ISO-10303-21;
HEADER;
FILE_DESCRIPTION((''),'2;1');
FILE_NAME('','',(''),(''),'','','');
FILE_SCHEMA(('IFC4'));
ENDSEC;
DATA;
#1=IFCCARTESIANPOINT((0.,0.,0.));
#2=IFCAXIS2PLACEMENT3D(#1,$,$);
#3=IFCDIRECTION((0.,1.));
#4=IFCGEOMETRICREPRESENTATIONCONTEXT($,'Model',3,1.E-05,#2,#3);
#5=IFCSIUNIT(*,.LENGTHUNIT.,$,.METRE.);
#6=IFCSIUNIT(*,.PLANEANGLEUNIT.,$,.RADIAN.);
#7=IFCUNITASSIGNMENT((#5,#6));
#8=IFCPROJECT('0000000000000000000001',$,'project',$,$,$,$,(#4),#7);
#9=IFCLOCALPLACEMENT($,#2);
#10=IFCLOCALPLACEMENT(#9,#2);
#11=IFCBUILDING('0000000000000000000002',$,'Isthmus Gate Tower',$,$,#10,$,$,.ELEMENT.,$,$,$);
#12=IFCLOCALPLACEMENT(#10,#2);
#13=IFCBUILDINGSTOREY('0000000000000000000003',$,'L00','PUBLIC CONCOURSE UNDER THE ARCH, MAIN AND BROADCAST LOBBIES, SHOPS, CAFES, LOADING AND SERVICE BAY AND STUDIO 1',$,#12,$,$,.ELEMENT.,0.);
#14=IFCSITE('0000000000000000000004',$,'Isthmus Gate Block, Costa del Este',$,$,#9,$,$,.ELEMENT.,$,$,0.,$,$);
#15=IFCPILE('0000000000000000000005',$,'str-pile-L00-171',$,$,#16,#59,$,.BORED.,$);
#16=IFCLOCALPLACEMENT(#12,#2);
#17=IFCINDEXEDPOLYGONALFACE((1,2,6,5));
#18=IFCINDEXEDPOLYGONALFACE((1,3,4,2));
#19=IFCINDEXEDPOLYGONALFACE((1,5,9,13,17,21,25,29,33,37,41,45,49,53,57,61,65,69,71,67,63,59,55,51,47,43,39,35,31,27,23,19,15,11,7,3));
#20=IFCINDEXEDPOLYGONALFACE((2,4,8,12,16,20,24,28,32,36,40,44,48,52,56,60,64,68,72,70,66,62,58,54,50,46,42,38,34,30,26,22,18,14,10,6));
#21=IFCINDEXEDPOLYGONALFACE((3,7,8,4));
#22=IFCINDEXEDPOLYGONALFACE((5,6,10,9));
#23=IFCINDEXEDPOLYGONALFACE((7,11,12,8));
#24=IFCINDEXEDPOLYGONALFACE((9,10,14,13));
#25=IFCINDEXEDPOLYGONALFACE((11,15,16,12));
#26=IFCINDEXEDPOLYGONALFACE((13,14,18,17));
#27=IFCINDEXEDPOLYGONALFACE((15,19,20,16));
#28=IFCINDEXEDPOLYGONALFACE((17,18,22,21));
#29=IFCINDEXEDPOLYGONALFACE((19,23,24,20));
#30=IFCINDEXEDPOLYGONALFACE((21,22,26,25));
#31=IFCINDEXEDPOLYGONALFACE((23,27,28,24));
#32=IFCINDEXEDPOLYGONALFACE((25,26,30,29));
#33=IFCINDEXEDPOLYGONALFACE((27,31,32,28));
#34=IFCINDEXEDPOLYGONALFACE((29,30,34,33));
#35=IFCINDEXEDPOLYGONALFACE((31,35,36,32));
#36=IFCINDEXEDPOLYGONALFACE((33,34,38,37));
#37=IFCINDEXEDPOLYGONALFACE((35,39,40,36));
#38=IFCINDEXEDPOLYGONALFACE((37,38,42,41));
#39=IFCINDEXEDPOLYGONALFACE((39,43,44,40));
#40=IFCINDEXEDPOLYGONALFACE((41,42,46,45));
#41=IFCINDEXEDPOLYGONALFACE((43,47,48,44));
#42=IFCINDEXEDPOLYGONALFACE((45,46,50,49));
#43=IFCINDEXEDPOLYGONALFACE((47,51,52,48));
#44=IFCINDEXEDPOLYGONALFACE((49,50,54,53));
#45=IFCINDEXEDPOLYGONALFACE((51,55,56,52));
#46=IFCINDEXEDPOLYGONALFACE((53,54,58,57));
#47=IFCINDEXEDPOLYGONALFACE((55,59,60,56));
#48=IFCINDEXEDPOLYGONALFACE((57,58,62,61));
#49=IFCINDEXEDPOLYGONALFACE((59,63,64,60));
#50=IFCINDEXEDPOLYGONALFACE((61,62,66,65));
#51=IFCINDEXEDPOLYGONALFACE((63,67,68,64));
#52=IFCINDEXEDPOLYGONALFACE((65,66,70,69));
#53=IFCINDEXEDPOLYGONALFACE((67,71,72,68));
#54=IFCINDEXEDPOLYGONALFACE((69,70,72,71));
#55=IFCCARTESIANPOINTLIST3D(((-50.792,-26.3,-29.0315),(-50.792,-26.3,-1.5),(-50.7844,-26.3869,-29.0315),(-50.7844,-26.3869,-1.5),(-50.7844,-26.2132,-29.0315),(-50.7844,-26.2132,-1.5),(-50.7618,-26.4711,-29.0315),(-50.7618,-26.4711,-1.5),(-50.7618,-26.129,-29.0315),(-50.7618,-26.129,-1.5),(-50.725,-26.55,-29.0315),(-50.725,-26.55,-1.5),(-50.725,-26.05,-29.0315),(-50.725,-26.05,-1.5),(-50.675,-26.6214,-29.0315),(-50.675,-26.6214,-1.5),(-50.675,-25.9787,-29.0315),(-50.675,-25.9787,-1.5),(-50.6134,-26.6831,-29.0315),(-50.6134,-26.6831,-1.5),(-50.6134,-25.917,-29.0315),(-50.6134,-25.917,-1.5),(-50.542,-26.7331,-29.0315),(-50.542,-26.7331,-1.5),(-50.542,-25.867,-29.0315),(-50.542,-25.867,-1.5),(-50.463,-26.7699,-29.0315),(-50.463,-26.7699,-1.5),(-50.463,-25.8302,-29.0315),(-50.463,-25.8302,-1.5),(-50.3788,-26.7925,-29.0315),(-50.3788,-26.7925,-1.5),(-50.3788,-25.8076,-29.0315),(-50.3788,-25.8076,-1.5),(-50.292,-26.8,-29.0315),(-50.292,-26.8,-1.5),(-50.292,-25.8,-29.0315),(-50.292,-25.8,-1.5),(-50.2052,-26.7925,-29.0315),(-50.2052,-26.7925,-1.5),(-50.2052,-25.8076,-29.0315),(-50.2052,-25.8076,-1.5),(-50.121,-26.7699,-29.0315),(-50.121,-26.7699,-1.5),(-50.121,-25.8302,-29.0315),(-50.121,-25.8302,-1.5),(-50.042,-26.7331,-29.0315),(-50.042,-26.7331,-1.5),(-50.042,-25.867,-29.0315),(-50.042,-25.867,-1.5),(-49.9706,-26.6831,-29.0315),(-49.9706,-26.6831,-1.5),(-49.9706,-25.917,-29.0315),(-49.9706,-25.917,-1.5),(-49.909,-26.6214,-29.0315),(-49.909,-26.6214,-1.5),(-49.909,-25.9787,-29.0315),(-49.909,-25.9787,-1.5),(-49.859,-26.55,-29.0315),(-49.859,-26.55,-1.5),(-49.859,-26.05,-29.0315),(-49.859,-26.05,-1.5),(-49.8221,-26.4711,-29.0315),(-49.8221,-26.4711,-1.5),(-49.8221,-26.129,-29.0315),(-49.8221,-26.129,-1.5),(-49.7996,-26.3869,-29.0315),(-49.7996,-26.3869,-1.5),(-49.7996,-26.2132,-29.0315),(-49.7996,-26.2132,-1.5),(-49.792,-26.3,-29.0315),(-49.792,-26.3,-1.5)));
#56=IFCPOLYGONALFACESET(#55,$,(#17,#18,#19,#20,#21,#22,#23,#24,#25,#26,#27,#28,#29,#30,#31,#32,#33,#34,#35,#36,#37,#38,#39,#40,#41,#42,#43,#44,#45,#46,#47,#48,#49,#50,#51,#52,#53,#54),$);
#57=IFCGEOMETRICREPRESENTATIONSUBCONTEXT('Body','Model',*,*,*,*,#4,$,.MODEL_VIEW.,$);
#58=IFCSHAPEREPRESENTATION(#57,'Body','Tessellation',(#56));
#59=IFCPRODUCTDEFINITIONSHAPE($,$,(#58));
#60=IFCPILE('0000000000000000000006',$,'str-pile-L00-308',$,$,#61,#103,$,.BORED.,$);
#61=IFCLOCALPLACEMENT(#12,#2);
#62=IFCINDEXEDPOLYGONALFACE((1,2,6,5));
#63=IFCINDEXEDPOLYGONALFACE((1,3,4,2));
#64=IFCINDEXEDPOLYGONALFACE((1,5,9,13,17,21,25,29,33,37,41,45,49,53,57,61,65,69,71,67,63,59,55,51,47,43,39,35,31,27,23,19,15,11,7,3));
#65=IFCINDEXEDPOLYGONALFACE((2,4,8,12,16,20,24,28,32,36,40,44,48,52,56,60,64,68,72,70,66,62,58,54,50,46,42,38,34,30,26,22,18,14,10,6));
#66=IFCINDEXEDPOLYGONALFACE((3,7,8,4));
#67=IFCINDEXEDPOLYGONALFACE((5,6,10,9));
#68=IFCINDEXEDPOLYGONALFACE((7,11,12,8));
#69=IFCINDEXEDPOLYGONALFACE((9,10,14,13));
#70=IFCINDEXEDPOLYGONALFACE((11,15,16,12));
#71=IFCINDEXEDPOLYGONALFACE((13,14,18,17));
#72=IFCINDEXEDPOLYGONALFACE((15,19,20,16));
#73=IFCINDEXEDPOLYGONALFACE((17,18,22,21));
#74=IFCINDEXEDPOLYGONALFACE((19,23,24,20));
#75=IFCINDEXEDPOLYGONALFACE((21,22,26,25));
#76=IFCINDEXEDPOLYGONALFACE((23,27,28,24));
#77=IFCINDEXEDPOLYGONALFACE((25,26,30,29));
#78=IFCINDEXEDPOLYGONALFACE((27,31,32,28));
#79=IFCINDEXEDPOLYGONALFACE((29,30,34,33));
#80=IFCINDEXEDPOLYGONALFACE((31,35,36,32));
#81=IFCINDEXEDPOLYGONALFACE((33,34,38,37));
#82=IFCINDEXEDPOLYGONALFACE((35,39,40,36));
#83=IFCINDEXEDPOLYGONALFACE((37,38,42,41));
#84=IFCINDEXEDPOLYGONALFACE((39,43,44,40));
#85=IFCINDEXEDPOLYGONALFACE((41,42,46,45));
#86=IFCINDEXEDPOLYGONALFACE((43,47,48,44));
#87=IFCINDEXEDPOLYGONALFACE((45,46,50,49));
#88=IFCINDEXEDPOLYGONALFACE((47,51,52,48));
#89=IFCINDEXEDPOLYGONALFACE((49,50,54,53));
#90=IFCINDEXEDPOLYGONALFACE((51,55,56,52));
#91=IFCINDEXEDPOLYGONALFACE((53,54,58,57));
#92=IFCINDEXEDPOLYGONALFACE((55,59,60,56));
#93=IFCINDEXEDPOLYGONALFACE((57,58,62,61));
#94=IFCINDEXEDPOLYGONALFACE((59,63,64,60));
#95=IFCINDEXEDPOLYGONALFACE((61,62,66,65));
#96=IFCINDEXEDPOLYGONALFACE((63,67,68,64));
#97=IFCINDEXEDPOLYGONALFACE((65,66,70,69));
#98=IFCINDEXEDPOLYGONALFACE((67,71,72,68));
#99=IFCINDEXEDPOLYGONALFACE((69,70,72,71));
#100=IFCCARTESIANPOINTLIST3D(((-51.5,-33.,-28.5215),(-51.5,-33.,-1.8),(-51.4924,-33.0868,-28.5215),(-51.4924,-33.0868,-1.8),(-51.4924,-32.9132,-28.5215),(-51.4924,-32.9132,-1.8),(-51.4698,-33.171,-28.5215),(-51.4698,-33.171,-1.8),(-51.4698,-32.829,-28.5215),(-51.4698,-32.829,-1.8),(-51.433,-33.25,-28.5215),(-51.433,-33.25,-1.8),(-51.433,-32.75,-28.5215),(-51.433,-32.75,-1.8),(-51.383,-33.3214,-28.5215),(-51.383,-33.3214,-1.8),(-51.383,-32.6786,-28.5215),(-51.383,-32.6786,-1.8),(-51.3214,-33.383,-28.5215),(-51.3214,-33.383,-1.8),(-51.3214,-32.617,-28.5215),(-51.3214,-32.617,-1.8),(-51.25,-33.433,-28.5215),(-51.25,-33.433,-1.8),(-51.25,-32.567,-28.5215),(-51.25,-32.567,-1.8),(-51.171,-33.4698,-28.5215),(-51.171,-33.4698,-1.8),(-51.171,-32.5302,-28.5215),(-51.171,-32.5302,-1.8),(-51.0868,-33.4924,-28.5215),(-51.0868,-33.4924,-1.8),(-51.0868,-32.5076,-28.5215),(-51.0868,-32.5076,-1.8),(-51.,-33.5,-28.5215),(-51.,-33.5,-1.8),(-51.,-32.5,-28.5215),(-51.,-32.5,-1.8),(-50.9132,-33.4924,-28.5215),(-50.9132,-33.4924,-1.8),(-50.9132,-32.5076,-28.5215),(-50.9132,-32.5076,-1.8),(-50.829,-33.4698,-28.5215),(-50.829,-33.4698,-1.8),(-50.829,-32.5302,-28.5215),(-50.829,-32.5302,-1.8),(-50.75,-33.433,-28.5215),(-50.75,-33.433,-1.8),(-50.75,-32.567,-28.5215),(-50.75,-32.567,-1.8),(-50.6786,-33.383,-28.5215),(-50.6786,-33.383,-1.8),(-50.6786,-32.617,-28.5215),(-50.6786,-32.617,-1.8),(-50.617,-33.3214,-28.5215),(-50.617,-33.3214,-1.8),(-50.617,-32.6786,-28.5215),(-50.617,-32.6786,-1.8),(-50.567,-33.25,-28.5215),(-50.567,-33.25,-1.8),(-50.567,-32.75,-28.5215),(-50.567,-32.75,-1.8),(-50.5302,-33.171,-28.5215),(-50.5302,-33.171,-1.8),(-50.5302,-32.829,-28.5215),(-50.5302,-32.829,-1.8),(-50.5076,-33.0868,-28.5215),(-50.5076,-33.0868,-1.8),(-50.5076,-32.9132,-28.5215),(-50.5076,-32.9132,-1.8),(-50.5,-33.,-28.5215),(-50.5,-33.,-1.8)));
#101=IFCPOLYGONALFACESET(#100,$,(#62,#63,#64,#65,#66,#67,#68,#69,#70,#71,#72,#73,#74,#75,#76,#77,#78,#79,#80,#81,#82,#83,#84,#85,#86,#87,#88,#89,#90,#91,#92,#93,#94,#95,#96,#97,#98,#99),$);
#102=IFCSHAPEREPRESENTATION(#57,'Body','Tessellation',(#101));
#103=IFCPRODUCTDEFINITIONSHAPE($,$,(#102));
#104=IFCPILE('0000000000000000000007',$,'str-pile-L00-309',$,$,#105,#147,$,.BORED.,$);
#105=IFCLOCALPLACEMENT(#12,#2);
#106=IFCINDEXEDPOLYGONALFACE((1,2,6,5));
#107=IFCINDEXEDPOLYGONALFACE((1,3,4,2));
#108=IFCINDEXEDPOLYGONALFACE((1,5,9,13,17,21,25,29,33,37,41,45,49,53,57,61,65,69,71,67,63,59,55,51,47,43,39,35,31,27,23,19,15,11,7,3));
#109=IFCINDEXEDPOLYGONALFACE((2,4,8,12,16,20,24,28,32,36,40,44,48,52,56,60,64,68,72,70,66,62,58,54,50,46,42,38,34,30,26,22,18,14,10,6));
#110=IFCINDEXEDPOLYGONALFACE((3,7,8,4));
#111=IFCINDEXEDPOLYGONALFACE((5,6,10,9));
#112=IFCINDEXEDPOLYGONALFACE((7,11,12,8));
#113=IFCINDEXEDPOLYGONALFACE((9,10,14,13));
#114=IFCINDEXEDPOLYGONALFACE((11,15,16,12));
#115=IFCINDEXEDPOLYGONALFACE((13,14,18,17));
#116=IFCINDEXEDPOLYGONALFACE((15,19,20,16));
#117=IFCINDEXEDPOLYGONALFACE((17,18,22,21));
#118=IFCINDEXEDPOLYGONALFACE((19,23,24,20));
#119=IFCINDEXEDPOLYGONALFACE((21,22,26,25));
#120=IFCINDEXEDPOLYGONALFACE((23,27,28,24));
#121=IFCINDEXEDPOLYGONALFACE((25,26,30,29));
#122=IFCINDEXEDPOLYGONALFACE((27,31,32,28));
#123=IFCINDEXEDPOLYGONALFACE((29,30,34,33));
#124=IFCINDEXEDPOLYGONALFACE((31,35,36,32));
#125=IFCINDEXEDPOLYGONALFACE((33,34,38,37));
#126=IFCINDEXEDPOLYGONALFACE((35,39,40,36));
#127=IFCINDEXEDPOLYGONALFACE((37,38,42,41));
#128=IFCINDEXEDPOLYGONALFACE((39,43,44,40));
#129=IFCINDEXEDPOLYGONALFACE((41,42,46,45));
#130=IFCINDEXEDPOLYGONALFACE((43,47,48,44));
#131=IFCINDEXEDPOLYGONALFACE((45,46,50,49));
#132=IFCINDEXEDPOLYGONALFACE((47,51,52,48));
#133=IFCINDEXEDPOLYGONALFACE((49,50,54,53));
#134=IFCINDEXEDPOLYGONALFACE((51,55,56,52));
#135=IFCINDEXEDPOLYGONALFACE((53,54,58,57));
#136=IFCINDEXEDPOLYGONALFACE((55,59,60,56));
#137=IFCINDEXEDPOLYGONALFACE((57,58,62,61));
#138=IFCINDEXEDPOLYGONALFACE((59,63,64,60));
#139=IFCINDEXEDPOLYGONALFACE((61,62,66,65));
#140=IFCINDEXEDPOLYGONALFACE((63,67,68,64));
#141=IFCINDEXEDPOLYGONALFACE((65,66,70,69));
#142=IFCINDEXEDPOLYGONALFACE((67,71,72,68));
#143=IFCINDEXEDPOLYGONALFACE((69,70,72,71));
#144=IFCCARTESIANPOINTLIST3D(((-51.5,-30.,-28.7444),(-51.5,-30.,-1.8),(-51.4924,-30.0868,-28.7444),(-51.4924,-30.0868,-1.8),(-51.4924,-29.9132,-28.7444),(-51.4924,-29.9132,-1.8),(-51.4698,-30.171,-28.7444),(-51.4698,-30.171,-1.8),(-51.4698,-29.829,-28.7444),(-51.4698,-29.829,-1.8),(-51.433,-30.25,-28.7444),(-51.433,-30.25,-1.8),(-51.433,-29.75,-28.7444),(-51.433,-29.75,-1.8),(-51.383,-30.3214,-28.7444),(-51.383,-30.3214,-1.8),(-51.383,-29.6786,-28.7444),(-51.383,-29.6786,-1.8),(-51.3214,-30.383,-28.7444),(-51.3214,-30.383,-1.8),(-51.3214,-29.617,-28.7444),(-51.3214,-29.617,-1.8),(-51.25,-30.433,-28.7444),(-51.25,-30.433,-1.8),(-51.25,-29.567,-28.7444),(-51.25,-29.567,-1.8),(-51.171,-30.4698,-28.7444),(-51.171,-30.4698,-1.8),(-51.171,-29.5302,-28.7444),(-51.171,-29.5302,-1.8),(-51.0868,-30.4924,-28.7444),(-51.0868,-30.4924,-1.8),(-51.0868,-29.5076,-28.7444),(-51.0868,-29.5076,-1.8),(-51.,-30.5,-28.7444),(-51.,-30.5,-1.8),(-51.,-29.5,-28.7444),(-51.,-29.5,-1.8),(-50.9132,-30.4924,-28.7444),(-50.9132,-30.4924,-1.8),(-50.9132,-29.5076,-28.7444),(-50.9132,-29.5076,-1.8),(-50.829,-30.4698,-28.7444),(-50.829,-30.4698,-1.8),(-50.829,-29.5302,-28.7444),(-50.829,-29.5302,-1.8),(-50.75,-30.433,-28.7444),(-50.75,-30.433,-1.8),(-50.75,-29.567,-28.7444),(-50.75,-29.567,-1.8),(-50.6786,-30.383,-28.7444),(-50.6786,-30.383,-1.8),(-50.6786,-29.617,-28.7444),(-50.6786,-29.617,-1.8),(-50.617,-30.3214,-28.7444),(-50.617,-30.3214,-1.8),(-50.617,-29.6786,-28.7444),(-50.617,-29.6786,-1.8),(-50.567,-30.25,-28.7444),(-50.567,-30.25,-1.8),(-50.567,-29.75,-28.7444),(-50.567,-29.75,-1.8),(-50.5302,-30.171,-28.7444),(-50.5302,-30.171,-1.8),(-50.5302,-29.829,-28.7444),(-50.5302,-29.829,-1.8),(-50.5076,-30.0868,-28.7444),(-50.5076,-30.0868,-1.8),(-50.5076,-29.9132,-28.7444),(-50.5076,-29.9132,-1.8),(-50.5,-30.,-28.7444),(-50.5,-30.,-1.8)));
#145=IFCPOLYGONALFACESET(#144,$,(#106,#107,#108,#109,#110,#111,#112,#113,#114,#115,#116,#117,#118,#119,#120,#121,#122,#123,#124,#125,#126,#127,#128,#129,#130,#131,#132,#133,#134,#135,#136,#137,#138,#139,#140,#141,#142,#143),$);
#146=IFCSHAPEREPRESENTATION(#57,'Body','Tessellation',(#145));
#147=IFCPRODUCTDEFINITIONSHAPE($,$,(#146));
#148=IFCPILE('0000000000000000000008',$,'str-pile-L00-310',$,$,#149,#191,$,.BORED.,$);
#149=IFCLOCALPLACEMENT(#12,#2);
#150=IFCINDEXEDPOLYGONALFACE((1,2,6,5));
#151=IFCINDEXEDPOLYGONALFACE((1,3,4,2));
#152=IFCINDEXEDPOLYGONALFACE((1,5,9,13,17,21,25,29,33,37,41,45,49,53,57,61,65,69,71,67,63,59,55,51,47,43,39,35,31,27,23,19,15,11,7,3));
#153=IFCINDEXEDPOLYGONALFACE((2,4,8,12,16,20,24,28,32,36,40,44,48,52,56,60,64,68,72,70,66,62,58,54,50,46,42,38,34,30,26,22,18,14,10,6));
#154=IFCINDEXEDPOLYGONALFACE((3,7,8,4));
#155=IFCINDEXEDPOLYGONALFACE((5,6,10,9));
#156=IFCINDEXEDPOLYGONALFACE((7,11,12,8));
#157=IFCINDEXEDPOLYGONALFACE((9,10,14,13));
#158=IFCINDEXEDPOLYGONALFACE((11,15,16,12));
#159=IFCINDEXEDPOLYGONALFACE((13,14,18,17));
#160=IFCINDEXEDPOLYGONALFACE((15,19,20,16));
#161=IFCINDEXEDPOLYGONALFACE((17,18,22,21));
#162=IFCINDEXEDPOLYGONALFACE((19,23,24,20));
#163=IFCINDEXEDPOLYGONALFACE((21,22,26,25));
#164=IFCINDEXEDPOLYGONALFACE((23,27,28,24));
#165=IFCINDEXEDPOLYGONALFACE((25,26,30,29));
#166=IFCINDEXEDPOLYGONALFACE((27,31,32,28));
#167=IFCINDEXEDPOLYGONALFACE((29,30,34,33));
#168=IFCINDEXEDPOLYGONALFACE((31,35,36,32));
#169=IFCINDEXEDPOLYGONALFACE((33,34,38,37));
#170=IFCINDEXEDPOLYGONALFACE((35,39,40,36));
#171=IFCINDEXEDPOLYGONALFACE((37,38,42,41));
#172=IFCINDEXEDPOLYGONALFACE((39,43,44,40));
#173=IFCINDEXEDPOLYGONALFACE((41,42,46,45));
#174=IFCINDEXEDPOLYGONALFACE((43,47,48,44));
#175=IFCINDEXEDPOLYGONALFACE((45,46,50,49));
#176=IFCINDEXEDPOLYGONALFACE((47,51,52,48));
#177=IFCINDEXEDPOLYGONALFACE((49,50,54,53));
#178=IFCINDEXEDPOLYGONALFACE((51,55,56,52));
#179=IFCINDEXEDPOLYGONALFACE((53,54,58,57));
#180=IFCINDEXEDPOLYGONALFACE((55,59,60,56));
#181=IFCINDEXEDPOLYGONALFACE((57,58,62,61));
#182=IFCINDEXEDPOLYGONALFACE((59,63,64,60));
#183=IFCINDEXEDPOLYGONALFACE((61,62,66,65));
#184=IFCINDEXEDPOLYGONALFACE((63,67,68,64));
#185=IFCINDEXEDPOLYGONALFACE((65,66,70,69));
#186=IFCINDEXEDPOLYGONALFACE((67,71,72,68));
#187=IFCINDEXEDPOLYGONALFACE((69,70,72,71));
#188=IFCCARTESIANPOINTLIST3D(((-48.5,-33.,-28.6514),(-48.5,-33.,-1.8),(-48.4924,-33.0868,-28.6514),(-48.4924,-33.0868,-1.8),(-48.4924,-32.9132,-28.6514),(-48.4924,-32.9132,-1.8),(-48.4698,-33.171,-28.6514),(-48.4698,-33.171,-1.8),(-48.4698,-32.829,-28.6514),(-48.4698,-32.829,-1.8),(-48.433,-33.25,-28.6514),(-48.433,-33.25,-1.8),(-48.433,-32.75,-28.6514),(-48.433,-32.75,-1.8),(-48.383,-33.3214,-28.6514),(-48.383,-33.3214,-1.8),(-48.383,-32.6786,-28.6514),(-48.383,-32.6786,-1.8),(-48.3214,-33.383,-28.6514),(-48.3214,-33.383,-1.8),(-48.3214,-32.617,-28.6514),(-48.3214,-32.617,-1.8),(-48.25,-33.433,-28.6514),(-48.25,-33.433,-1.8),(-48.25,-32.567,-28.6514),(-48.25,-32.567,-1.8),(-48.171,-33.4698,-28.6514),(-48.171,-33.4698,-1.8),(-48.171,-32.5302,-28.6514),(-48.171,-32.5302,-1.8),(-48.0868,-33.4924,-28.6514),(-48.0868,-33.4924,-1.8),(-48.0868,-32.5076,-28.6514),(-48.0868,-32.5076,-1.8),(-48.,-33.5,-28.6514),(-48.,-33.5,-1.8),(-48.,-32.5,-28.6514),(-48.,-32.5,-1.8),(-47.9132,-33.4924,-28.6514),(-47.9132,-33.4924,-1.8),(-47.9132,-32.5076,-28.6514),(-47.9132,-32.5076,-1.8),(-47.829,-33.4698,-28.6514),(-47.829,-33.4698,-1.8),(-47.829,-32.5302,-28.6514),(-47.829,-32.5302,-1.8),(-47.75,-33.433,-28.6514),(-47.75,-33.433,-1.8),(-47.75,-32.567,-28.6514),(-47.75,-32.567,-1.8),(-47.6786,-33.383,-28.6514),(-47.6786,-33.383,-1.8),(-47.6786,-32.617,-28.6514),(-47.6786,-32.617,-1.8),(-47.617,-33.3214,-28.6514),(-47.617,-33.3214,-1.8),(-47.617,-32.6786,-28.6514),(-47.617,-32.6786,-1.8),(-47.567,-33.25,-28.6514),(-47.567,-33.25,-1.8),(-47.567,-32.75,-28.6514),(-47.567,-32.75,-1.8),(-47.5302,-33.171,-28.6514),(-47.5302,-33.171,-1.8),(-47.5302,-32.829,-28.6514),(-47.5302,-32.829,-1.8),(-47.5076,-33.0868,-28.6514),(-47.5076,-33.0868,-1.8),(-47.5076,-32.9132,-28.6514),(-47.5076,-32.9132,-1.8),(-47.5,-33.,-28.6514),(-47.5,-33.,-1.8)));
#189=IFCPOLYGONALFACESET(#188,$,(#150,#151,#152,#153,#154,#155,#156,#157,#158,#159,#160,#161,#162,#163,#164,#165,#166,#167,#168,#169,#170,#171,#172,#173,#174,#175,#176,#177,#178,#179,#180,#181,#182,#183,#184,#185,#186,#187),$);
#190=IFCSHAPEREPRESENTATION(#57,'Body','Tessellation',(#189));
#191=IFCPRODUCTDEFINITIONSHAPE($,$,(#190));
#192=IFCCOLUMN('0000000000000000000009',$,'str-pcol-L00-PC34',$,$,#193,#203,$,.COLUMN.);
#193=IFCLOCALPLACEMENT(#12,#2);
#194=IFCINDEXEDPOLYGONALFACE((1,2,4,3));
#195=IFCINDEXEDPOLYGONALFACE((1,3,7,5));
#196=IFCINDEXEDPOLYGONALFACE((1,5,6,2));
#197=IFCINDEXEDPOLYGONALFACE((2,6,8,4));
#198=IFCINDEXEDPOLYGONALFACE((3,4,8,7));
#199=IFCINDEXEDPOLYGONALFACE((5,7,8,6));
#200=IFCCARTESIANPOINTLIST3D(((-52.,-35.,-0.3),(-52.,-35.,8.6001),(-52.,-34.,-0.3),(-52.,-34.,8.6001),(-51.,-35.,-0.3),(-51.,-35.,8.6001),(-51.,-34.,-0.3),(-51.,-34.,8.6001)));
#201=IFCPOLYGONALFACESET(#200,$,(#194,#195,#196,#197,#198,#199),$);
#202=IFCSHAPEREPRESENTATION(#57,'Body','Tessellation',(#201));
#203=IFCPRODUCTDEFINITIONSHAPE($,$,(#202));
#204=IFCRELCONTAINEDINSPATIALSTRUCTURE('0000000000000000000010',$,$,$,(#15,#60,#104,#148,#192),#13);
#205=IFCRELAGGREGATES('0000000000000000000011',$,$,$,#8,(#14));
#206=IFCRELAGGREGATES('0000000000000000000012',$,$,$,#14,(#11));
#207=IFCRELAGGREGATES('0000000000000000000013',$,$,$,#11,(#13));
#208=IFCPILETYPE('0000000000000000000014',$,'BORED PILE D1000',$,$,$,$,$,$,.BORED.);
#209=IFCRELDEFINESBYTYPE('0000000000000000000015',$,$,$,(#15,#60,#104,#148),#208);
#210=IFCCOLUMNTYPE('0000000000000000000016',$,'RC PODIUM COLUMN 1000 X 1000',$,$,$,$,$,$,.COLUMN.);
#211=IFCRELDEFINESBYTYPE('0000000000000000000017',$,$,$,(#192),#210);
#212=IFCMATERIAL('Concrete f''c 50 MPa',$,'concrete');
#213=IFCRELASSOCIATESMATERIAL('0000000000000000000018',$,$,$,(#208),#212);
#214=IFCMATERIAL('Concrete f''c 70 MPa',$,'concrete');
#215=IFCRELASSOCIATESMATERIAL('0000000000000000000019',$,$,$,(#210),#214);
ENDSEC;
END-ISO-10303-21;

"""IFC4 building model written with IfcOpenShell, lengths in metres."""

from ifc_helpers import new_model, si_unit, direction, frame, origin, origin_2d, place, context, subcontext, project, spatial, rectangle, circle, extrude, material, material_profile, profile_set, type_object, element, save


model = new_model("IFC4")

# Units and contexts
model_context = context("Model", 3, precision=1e-05, world=origin(), true_north=direction((0.0, 1.0)))
body_context = subcontext(model_context, "Body", "Model", "MODEL_VIEW")
ifc_project = project(units=[si_unit("LENGTHUNIT", "METRE"), si_unit("PLANEANGLEUNIT", "RADIAN")], contexts=[model_context])

# Site, building, storey
site_placement = place(None, origin())
site = spatial("IfcSite", under=ifc_project, at=site_placement, Name="Isthmus Gate Block, Costa del Este", CompositionType="ELEMENT", RefElevation=0.0)
building_placement = place(site_placement, origin())
building = spatial("IfcBuilding", under=site, at=building_placement, Name="Isthmus Gate Tower", CompositionType="ELEMENT")
storey_placement = place(building_placement, origin())
storey = spatial("IfcBuildingStorey", under=building, at=storey_placement, Name="L00", Description="PUBLIC CONCOURSE UNDER THE ARCH, MAIN AND BROADCAST LOBBIES, SHOPS, CAFES, LOADING AND SERVICE BAY AND STUDIO 1", CompositionType="ELEMENT", Elevation=0.0)

# Piles
ifc_material_1 = material(Name="Concrete f'c 50 MPa", Category="concrete")
ifc_material_profile_1 = material_profile(ifc_material_1, circle(Radius=0.5, at=origin_2d()), Name="D1000")
ifc_profile_set_1 = profile_set([ifc_material_profile_1], Name="Concrete f'c 50 MPa")
pile_type = type_object("IfcPileType", Name="BORED PILE D1000", PredefinedType="BORED", material=ifc_profile_set_1)
pile_1_placement = place(storey_placement, frame((-50.292, -26.3, -1.5), z_axis=(0.0, 0.0, -1.0), x_axis=(1.0, 0.0, 0.0)))
element("IfcPile", 1, at=pile_1_placement, inside=storey, type_object=pile_type, Name="str-pile-L00-171", PredefinedType="BORED", context=body_context, shape_type="SweptSolid", body=[
    extrude(circle(Radius=0.5, at=origin_2d()), origin(), (0.0, 0.0, 1.0), 27.5315),
])
pile_2_placement = place(storey_placement, frame((-51.0, -33.0, -1.8), z_axis=(0.0, 0.0, -1.0), x_axis=(1.0, 0.0, 0.0)))
element("IfcPile", 2, at=pile_2_placement, inside=storey, type_object=pile_type, Name="str-pile-L00-308", PredefinedType="BORED", context=body_context, shape_type="SweptSolid", body=[
    extrude(circle(Radius=0.5, at=origin_2d()), origin(), (0.0, 0.0, 1.0), 26.7214),
])
pile_3_placement = place(storey_placement, frame((-51.0, -30.0, -1.8), z_axis=(0.0, 0.0, -1.0), x_axis=(1.0, 0.0, 0.0)))
element("IfcPile", 3, at=pile_3_placement, inside=storey, type_object=pile_type, Name="str-pile-L00-309", PredefinedType="BORED", context=body_context, shape_type="SweptSolid", body=[
    extrude(circle(Radius=0.5, at=origin_2d()), origin(), (0.0, 0.0, 1.0), 26.9443),
])
pile_4_placement = place(storey_placement, frame((-48.0, -33.0, -1.8), z_axis=(0.0, 0.0, -1.0), x_axis=(1.0, 0.0, 0.0)))
element("IfcPile", 4, at=pile_4_placement, inside=storey, type_object=pile_type, Name="str-pile-L00-310", PredefinedType="BORED", context=body_context, shape_type="SweptSolid", body=[
    extrude(circle(Radius=0.5, at=origin_2d()), origin(), (0.0, 0.0, 1.0), 26.8513),
])

# Column
ifc_material_2 = material(Name="Concrete f'c 70 MPa", Category="concrete")
ifc_material_profile_2 = material_profile(ifc_material_2, rectangle(XDim=1.0, YDim=1.0, at=origin_2d()), Name="RC 1000X1000")
ifc_profile_set_2 = profile_set([ifc_material_profile_2], Name="Concrete f'c 70 MPa")
column_type = type_object("IfcColumnType", Name="RC PODIUM COLUMN 1000 X 1000", PredefinedType="COLUMN", material=ifc_profile_set_2)
for number, where, z_axis, x_axis, name in (
    (5, (-51.5, -34.5, -0.3), (0.0, 0.0, 1.0), (0.0, -1.0, 0.0), "str-pcol-L00-PC34"),
):
    element("IfcColumn", number, at=place(storey_placement, frame(where, z_axis=z_axis, x_axis=x_axis)), inside=storey, type_object=column_type, Name=name, PredefinedType="COLUMN", context=body_context, shape_type="SweptSolid", body=[
        extrude(rectangle(XDim=1.0, YDim=1.0, at=origin_2d()), origin(), (0.0, 0.0, 1.0), 8.9001),
    ])

save(model, "model.ifc")
